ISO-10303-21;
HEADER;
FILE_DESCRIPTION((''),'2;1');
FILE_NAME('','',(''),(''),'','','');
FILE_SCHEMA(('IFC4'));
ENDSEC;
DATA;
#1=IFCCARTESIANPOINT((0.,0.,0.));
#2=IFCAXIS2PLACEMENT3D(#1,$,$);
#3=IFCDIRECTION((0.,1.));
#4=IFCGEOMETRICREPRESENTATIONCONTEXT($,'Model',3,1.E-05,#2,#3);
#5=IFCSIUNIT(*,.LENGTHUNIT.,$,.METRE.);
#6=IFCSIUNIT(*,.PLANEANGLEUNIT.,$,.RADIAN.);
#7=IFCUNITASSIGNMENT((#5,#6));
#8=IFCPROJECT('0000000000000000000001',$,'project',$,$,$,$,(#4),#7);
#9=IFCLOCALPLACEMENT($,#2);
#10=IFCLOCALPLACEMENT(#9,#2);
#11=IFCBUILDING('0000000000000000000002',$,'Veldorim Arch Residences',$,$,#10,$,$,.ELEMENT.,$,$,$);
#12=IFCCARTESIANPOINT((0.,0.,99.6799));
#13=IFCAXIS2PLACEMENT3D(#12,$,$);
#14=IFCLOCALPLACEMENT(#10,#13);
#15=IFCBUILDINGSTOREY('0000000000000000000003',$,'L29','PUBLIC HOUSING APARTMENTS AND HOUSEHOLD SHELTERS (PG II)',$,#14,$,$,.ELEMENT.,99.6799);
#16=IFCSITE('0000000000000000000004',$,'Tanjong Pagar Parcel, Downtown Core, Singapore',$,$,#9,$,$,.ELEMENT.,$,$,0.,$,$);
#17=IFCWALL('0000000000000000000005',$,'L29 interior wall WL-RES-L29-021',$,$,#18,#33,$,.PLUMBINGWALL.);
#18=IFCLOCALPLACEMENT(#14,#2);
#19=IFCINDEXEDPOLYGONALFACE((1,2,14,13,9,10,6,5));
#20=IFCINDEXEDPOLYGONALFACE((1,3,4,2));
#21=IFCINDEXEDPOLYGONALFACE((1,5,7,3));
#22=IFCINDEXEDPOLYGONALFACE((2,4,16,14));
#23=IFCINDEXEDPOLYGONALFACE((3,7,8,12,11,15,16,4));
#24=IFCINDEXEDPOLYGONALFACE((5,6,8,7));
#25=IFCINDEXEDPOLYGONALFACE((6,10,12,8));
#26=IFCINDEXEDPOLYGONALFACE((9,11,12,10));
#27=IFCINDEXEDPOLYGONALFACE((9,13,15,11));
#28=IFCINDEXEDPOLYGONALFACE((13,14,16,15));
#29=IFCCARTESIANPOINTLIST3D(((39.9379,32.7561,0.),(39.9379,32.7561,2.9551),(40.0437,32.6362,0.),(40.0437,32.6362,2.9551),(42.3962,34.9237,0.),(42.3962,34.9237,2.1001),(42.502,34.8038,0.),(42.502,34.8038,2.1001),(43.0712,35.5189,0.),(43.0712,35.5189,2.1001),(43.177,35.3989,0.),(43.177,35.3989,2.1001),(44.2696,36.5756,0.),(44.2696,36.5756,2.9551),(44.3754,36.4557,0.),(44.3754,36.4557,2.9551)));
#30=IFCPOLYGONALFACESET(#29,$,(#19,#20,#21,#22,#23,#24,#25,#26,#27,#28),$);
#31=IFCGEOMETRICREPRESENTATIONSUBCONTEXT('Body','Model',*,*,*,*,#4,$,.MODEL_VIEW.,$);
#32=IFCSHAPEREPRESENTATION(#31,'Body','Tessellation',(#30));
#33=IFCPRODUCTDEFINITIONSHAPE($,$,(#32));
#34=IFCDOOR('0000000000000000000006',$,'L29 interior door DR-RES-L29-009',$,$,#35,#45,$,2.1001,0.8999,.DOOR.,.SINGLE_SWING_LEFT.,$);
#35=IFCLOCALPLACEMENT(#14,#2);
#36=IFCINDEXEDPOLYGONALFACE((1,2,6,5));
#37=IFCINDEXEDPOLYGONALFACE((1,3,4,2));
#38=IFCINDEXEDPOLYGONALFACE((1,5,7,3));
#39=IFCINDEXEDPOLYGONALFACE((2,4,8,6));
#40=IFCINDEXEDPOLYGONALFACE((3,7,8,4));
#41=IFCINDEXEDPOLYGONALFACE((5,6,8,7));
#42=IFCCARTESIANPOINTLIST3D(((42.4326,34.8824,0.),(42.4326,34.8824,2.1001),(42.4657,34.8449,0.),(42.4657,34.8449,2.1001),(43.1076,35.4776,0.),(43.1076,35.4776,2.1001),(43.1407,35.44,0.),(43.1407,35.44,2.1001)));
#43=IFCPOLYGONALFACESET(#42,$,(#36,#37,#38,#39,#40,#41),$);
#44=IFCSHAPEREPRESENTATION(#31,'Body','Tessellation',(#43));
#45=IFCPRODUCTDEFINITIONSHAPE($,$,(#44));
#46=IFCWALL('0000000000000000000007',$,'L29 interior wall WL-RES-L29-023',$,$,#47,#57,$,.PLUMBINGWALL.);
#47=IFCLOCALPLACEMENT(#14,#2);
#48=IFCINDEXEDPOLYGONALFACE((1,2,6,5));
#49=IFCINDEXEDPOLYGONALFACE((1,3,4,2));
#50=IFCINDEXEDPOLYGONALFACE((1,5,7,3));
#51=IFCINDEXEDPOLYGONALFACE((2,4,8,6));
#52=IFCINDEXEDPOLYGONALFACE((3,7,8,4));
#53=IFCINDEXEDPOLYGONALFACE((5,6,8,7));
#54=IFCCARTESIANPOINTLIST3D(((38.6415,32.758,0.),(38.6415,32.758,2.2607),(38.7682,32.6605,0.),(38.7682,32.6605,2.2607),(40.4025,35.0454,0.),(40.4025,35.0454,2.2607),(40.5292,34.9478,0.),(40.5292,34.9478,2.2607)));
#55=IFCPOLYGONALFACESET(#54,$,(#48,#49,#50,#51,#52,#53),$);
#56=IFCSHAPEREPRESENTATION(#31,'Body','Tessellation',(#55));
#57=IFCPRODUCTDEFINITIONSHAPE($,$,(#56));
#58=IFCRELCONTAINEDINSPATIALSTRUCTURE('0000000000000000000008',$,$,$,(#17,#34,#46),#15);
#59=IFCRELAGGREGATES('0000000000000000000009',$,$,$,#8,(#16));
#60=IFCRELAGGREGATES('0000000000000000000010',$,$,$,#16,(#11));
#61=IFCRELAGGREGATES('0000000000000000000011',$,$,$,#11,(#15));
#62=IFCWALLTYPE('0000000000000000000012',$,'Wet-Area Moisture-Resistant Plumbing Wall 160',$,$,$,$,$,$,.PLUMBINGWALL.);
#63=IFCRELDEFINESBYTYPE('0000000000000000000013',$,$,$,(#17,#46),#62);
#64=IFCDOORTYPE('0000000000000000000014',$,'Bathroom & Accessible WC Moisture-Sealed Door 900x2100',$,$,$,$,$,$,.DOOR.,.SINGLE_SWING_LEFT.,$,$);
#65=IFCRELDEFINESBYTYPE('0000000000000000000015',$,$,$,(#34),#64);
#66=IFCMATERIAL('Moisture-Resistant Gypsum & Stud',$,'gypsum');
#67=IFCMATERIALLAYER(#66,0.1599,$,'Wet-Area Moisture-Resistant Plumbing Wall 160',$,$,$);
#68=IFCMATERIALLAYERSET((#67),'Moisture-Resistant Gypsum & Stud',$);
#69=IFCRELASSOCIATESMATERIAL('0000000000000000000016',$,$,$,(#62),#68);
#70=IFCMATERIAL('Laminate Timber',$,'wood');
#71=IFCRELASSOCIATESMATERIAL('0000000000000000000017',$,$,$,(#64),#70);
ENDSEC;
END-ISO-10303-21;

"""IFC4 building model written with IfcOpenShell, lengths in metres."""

from ifc_helpers import new_model, si_unit, direction, frame, frame_2d, origin, place, context, subcontext, project, spatial, rectangle, extrude, material, layer, layer_set, type_object, element, fill, save


model = new_model("IFC4")

# Units and contexts
model_context = context("Model", 3, precision=1e-05, world=origin(), true_north=direction((0.0, 1.0)))
body_context = subcontext(model_context, "Body", "Model", "MODEL_VIEW")
ifc_project = project(units=[si_unit("LENGTHUNIT", "METRE"), si_unit("PLANEANGLEUNIT", "RADIAN")], contexts=[model_context])

# Site, building, storey
site_placement = place(None, origin())
site = spatial("IfcSite", under=ifc_project, at=site_placement, Name="Tanjong Pagar Parcel, Downtown Core, Singapore", CompositionType="ELEMENT", RefElevation=0.0)
building_placement = place(site_placement, origin())
building = spatial("IfcBuilding", under=site, at=building_placement, Name="Veldorim Arch Residences", CompositionType="ELEMENT")
storey_placement = place(building_placement, frame((0.0, 0.0, 99.6799)))
storey = spatial("IfcBuildingStorey", under=building, at=storey_placement, Name="L29", Description="PUBLIC HOUSING APARTMENTS AND HOUSEHOLD SHELTERS (PG II)", CompositionType="ELEMENT", Elevation=99.6799)

# Wall, opening, door
ifc_material_1 = material(Name="Moisture-Resistant Gypsum & Stud", Category="gypsum")
ifc_layer_1 = layer(ifc_material_1, 0.1599, Name="Wet-Area Moisture-Resistant Plumbing Wall 160")
ifc_layer_set_1 = layer_set([ifc_layer_1], Name="Moisture-Resistant Gypsum & Stud")
wall_type_1 = type_object("IfcWallType", Name="Wet-Area Moisture-Resistant Plumbing Wall 160", PredefinedType="PLUMBINGWALL", material=ifc_layer_set_1)
wall_1_placement = place(storey_placement, frame((39.9907, 32.696, 0.0), z_axis=(0.0, 0.0, 1.0), x_axis=(0.75006, 0.66137, 0.0)))
wall_1 = element("IfcWall", 1, at=wall_1_placement, inside=storey, type_object=wall_type_1, Name="L29 interior wall WL-RES-L29-021", PredefinedType="PLUMBINGWALL", context=body_context, shape_type="SweptSolid", body=[
    extrude(rectangle(XDim=5.7751, YDim=0.1599, at=frame_2d((2.8877, 0.0))), origin(), (0.0, 0.0, 1.0), 2.9551),
])
opening_1_placement = place(wall_1_placement, frame((3.2776, 0.0, 0.0)))
opening_1 = element("IfcOpeningElement", 2, at=opening_1_placement, cuts=wall_1, PredefinedType="OPENING", context=body_context, shape_type="SweptSolid", body=[
    extrude(rectangle(XDim=0.8999, YDim=2.1001, at=frame_2d((0.45, 1.05))), frame((0.0, 0.0898, 0.0), z_axis=(0.0, -1.0, 0.0), x_axis=(1.0, 0.0, 0.0)), (0.0, 0.0, 1.0), 0.1799),
])
ifc_material_2 = material(Name="Laminate Timber", Category="wood")
door_type_1 = type_object("IfcDoorType", Name="Bathroom & Accessible WC Moisture-Sealed Door 900x2100", OperationType="SINGLE_SWING_LEFT", PredefinedType="DOOR", material=ifc_material_2)
door_1_placement = place(opening_1_placement, origin())
door_1 = element("IfcDoor", 3, at=door_1_placement, inside=storey, type_object=door_type_1, Name="L29 interior door DR-RES-L29-009", OperationType="SINGLE_SWING_LEFT", OverallHeight=2.1001, OverallWidth=0.8999, PredefinedType="DOOR", context=body_context, shape_type="SweptSolid", body=[
    extrude(rectangle(XDim=0.8999, YDim=2.1001, at=frame_2d((0.45, 1.05))), frame((0.0, 0.0249, 0.0), z_axis=(0.0, -1.0, 0.0), x_axis=(1.0, 0.0, 0.0)), (0.0, 0.0, 1.0), 0.05),
])
fill(opening_1, door_1)

# Wall
wall_2_placement = place(storey_placement, frame((38.7048, 32.7092, 0.0), z_axis=(0.0, 0.0, 1.0), x_axis=(0.610034, 0.792376, 0.0)))
element("IfcWall", 4, at=wall_2_placement, inside=storey, type_object=wall_type_1, Name="L29 interior wall WL-RES-L29-023", PredefinedType="PLUMBINGWALL", context=body_context, shape_type="SweptSolid", body=[
    extrude(rectangle(XDim=2.8867, YDim=0.1599, at=frame_2d((1.4434, 0.0))), origin(), (0.0, 0.0, 1.0), 2.2607),
])

save(model, "model.ifc")
